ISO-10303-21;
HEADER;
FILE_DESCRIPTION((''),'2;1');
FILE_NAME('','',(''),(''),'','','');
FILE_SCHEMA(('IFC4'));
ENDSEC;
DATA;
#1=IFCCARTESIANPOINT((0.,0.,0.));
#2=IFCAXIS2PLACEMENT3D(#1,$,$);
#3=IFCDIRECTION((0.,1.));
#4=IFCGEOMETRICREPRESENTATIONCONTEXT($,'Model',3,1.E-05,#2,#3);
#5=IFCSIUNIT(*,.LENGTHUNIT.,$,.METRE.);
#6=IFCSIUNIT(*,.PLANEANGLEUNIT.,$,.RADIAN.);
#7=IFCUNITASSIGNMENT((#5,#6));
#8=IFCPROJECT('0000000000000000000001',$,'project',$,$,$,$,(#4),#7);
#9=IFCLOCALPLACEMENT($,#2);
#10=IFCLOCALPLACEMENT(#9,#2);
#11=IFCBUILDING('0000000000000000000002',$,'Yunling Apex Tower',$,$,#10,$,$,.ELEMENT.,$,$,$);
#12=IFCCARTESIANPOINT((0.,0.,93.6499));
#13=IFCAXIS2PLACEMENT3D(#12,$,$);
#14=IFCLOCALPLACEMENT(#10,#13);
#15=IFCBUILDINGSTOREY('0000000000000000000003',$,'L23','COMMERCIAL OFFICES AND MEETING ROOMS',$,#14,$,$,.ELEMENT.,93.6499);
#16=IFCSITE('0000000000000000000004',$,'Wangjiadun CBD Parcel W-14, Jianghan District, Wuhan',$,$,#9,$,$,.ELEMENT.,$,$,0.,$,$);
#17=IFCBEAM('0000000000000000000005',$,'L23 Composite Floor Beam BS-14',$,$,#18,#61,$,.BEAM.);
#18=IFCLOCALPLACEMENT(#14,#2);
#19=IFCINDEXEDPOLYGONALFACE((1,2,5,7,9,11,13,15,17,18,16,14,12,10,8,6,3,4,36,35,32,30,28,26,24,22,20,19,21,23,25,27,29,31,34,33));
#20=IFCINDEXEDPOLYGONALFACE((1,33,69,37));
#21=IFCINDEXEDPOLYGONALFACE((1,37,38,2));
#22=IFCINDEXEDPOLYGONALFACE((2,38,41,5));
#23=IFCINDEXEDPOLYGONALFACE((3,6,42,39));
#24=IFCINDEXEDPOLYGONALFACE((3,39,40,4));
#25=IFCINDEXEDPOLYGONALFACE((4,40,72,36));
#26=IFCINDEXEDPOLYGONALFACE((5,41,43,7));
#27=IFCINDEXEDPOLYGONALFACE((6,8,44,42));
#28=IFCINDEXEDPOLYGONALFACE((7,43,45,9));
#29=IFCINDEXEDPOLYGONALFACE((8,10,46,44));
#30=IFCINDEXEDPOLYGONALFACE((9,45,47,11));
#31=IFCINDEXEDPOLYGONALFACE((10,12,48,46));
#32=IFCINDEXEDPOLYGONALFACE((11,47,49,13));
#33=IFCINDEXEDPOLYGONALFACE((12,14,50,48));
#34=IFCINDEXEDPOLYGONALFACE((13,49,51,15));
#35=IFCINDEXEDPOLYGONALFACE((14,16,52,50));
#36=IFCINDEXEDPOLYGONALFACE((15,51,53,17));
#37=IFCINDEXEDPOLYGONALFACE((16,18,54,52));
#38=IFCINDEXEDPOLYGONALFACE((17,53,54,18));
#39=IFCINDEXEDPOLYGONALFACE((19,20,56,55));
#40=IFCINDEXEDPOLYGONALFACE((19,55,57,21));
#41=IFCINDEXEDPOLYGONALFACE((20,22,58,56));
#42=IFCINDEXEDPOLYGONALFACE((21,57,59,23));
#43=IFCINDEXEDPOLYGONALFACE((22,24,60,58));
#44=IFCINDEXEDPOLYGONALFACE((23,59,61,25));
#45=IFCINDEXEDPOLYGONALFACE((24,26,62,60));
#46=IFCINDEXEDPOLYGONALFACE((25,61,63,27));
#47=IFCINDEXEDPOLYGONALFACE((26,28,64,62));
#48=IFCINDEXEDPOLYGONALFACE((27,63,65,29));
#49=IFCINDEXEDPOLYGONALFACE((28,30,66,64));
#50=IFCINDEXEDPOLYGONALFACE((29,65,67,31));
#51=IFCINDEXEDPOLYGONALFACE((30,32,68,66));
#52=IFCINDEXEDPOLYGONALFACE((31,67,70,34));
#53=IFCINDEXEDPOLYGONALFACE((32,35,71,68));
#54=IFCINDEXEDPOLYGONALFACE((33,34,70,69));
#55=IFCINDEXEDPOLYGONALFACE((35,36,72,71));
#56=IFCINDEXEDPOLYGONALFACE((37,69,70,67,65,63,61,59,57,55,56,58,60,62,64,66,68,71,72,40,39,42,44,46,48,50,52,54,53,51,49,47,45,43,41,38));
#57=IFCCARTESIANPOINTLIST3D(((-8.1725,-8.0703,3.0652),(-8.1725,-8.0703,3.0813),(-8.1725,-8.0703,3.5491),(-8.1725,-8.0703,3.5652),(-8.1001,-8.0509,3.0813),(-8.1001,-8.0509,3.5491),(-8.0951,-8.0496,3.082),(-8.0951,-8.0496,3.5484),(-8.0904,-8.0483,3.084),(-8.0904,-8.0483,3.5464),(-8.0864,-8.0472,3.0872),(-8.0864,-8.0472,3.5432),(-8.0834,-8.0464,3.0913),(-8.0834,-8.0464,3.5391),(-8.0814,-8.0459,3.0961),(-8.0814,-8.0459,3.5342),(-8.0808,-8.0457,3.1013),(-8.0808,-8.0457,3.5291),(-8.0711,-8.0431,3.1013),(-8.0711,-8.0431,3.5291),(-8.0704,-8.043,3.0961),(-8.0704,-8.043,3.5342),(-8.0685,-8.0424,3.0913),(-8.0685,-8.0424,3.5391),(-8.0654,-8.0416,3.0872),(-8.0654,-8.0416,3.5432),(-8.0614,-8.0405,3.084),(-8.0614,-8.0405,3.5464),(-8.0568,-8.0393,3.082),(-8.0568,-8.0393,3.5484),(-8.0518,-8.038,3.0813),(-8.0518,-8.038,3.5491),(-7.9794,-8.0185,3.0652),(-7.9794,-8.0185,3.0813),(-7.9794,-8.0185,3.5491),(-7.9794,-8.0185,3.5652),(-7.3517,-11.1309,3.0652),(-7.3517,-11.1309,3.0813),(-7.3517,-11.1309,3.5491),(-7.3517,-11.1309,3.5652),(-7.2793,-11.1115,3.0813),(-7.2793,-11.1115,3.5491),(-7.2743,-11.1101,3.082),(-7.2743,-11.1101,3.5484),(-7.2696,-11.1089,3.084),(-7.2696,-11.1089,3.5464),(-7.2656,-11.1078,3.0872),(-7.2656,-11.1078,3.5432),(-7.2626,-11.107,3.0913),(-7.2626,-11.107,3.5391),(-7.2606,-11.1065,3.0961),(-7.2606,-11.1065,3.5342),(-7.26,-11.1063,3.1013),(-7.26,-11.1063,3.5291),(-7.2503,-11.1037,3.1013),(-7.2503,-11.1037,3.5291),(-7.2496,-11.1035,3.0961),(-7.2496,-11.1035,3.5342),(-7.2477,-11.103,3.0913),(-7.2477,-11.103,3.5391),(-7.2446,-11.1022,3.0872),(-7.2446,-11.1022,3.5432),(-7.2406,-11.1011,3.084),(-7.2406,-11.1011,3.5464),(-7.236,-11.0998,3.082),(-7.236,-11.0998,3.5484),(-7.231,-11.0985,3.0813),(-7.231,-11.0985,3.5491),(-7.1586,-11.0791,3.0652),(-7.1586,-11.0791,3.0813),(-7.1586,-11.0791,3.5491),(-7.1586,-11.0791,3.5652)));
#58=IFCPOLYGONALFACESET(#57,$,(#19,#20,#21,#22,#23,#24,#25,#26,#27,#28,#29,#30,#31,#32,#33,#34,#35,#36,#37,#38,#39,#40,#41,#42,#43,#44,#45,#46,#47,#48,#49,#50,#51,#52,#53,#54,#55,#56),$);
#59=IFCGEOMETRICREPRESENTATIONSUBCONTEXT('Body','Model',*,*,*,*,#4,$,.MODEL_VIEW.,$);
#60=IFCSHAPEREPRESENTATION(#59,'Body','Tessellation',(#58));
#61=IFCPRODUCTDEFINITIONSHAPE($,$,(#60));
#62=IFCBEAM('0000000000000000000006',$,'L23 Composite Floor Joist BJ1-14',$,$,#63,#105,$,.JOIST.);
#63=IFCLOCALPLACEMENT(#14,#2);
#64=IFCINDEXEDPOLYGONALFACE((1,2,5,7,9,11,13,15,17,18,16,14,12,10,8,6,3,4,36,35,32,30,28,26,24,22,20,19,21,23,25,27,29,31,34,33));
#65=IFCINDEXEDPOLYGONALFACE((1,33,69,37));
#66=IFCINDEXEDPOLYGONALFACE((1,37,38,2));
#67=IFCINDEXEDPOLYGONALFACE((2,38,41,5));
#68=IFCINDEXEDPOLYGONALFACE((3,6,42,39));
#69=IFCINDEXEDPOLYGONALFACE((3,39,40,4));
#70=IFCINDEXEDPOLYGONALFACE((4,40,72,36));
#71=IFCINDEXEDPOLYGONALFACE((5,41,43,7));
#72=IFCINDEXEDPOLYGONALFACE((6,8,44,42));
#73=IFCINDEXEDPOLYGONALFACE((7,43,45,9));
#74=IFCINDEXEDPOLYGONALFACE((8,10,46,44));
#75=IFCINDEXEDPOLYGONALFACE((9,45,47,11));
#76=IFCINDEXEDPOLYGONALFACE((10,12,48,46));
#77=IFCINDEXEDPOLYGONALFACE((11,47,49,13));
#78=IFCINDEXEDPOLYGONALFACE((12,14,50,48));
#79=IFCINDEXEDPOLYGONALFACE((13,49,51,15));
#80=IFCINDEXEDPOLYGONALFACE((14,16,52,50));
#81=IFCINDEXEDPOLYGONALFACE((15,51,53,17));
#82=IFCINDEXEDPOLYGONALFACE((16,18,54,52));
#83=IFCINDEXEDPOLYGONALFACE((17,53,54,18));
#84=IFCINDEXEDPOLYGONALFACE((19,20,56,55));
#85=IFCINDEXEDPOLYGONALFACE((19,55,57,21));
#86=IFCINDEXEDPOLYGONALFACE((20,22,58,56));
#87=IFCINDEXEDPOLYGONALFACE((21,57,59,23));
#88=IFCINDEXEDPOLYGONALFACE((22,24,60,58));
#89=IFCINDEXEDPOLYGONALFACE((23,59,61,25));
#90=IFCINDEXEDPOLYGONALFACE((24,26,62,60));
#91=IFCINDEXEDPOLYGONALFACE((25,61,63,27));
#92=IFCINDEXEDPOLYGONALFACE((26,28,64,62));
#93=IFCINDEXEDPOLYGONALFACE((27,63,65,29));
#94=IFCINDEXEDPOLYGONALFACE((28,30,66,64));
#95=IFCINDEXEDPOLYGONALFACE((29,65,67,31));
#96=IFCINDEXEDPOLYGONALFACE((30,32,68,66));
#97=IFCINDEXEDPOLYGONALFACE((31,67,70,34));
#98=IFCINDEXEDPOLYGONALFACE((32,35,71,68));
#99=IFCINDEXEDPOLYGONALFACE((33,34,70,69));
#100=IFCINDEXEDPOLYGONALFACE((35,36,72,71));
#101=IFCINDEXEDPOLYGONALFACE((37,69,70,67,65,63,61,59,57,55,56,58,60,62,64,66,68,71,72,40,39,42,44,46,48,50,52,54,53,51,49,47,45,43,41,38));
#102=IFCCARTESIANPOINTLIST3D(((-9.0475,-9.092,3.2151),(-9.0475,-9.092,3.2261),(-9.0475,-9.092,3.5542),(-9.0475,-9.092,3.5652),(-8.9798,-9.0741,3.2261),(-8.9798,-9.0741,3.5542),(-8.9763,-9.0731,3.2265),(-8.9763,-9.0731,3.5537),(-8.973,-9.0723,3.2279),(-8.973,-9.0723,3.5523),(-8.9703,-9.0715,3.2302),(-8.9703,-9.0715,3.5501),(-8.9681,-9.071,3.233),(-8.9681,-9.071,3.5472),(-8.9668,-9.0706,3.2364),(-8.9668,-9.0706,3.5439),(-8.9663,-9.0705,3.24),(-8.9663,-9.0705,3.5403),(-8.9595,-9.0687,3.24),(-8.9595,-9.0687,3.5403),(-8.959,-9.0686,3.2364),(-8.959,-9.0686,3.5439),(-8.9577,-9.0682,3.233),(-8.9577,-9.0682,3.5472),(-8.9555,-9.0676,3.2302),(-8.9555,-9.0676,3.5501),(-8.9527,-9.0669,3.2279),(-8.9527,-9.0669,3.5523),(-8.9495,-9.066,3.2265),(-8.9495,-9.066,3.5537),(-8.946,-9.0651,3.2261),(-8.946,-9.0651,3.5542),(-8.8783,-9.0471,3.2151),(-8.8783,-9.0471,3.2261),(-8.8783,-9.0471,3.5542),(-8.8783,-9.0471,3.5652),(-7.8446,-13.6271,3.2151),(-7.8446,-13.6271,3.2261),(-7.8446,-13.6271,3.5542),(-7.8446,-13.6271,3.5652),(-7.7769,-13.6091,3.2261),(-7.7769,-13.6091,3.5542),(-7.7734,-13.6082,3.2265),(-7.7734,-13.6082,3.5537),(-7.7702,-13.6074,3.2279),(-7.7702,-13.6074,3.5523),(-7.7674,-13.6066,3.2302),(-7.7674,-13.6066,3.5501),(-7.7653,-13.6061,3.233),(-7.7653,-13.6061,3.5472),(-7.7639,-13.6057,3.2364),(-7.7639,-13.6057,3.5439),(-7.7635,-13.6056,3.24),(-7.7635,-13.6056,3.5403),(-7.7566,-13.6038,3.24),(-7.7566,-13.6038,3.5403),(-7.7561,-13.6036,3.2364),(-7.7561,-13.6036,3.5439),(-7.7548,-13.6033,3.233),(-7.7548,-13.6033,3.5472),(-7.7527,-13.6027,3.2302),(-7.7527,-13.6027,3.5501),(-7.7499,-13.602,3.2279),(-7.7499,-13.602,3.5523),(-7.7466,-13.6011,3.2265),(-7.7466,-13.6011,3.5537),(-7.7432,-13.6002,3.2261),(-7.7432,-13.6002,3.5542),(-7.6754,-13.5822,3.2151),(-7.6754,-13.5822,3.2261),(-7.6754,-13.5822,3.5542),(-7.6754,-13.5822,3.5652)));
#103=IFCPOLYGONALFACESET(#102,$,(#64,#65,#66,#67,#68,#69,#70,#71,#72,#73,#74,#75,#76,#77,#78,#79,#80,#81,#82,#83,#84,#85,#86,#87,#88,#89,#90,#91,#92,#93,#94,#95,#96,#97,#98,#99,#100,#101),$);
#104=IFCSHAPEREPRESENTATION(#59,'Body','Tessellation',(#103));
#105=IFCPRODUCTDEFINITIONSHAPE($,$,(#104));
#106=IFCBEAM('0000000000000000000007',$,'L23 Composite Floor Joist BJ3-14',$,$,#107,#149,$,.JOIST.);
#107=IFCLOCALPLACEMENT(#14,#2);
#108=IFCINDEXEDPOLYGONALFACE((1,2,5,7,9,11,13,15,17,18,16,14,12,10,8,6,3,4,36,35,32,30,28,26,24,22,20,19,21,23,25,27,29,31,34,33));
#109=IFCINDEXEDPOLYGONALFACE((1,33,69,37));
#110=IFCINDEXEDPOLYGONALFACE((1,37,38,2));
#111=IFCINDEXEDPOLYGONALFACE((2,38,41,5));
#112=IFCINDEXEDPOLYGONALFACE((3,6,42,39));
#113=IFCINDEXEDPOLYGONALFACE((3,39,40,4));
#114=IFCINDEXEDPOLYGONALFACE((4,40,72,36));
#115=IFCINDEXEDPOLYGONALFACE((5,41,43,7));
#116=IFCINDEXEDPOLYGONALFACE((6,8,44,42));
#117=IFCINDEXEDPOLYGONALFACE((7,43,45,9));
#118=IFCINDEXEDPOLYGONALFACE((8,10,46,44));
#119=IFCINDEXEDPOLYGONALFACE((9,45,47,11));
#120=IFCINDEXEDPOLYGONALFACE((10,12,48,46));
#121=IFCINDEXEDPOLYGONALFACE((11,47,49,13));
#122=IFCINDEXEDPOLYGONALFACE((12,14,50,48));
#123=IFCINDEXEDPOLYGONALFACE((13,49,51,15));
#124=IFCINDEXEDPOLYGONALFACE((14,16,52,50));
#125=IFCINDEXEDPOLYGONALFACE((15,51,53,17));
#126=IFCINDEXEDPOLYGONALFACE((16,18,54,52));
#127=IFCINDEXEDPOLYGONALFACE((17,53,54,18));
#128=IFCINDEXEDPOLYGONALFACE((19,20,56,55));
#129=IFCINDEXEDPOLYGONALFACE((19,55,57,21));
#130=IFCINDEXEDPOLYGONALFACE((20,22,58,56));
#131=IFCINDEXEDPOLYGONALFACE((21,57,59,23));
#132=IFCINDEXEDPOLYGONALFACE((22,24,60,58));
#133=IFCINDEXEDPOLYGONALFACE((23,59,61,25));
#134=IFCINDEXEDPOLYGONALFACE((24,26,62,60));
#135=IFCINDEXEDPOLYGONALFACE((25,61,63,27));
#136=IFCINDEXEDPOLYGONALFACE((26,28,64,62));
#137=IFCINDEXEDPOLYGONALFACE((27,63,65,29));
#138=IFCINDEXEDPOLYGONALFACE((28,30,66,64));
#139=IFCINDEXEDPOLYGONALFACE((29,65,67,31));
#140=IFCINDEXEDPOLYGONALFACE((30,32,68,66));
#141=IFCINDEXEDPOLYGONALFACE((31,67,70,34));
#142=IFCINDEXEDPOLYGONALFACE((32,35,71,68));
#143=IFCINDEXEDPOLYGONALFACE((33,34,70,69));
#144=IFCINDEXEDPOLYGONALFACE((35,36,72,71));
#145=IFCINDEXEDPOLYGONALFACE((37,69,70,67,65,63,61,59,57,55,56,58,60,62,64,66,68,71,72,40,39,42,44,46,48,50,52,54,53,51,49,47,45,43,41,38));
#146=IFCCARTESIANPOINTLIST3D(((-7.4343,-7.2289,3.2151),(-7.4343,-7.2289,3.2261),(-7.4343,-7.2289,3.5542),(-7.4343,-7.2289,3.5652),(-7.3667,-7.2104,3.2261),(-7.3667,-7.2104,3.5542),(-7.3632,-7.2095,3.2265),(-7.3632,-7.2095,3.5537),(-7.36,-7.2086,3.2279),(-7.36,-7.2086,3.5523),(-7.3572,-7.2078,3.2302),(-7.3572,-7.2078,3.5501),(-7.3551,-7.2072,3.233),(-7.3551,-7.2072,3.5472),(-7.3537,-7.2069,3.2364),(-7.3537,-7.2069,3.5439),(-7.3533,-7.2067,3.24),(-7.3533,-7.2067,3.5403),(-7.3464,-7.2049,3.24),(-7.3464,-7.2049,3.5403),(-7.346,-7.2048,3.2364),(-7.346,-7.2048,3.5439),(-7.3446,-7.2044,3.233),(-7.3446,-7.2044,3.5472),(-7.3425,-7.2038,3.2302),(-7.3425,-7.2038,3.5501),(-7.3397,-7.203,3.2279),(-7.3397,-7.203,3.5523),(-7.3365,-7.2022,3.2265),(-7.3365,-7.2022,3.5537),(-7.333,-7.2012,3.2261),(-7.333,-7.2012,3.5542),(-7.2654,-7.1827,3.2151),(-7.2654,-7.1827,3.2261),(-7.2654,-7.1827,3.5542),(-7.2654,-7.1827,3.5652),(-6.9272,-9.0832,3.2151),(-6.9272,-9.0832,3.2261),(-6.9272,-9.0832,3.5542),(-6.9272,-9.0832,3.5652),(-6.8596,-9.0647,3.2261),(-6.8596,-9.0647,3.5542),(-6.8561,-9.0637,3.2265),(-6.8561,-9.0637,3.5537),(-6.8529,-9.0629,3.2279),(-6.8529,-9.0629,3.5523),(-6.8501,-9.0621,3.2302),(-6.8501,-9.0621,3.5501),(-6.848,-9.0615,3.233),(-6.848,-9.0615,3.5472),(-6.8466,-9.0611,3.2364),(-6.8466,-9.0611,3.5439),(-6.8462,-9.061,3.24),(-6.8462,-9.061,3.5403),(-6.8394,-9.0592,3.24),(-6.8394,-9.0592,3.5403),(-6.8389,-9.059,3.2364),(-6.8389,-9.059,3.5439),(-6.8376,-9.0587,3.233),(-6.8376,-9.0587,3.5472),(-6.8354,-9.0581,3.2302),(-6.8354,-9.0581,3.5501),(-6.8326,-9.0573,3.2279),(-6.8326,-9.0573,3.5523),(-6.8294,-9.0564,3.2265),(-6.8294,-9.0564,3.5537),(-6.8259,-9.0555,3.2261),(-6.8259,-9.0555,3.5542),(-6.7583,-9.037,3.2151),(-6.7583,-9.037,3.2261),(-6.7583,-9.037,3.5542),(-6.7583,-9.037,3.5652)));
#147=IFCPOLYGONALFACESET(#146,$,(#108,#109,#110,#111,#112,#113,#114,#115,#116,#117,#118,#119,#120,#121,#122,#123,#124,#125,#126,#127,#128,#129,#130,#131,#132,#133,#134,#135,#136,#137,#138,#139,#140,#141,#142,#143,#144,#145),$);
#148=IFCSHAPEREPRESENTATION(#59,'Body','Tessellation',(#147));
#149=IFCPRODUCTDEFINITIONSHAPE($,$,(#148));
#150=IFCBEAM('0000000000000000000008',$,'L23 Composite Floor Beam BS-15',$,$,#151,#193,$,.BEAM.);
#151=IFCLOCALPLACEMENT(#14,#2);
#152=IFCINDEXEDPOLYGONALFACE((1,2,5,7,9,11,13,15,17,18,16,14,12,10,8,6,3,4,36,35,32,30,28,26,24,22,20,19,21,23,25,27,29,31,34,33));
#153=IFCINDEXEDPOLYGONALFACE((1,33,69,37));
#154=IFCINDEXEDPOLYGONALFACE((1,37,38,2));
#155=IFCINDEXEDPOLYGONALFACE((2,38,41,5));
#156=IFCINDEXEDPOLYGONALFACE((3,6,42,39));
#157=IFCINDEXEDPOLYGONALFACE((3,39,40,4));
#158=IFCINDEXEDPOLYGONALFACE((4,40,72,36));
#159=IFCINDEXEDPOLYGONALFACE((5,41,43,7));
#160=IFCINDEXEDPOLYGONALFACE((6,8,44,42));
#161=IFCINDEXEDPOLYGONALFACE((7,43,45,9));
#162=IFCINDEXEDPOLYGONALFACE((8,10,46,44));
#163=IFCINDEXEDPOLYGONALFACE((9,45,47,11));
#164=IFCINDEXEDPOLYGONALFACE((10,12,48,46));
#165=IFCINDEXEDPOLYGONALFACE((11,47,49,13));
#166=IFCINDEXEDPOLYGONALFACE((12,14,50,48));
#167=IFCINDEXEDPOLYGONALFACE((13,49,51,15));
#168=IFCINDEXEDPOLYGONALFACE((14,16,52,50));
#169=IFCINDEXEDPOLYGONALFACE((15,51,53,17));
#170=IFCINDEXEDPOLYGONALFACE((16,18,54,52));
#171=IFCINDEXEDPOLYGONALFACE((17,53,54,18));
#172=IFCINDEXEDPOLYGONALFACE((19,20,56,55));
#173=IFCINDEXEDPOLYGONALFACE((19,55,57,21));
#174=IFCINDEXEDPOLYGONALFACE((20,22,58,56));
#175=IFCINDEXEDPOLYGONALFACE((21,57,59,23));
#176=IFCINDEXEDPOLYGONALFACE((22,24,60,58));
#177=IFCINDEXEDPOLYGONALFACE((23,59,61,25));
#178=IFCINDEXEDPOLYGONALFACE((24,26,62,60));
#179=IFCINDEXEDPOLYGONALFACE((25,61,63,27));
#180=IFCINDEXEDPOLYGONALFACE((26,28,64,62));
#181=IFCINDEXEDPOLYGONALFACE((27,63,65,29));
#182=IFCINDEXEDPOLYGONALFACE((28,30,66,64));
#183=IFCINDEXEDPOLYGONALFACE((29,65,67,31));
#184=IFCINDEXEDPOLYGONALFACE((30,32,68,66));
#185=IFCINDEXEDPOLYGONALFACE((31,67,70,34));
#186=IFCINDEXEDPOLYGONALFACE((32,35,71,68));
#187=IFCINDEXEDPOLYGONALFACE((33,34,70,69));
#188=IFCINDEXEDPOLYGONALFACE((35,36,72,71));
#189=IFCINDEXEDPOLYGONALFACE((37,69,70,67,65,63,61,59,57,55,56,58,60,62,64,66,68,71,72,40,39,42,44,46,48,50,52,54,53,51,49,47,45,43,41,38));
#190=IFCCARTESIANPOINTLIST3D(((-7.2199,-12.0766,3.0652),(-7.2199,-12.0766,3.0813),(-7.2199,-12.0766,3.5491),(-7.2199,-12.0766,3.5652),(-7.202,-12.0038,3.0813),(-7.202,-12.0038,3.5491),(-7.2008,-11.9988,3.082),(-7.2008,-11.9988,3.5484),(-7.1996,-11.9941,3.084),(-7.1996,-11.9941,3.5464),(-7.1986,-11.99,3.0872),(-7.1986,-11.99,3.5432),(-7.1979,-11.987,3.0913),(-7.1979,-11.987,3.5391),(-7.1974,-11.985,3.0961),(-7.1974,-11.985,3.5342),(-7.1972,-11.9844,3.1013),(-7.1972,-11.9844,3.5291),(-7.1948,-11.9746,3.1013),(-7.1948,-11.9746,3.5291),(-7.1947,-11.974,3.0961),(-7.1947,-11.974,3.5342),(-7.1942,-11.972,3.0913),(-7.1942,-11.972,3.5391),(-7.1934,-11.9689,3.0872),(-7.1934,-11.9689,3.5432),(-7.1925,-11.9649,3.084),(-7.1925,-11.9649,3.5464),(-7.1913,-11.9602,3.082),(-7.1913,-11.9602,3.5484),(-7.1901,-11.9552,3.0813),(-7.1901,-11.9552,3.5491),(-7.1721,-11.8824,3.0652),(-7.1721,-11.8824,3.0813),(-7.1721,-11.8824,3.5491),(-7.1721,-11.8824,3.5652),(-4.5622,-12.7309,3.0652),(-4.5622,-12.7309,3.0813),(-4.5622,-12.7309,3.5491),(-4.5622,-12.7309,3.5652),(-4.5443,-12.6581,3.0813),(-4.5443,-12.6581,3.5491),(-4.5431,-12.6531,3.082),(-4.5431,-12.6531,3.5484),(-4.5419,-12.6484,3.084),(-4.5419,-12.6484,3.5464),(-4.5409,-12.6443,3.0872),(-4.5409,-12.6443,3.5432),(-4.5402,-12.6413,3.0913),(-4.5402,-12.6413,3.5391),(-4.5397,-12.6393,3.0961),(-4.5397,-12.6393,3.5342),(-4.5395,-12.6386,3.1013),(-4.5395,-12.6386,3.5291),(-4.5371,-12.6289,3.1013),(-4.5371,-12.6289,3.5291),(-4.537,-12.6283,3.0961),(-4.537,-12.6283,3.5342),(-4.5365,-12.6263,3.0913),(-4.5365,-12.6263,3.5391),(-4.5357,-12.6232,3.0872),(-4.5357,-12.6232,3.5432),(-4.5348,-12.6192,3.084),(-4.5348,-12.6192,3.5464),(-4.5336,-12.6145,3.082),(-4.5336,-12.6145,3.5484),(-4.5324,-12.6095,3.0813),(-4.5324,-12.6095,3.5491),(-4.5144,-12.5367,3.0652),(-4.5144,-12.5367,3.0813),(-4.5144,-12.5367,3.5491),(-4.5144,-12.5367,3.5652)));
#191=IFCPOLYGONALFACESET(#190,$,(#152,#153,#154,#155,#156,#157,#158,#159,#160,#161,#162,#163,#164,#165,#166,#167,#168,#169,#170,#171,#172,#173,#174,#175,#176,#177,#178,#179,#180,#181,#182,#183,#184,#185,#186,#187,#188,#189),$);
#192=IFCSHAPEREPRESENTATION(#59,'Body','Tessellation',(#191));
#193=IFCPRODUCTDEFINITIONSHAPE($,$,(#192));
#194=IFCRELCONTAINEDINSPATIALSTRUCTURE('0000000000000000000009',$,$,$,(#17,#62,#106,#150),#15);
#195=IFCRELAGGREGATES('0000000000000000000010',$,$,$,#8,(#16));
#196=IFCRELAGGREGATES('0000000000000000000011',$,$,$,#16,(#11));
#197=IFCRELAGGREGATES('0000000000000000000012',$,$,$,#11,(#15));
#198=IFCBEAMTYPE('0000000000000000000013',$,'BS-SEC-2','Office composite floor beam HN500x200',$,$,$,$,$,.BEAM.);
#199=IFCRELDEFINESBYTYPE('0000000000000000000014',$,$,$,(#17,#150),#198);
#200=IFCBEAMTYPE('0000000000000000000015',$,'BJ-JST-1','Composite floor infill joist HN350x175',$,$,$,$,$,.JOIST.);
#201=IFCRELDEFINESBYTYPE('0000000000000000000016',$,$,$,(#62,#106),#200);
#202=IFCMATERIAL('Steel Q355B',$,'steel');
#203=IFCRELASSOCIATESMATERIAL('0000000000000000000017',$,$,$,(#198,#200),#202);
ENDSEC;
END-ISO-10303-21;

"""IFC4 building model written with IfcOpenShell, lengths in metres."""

from ifc_helpers import new_model, si_unit, direction, frame, origin, origin_2d, place, context, subcontext, project, spatial, i_section, extrude, source, transform, mapped, material, material_profile, profile_set, type_object, element, save


model = new_model("IFC4")

# Units and contexts
model_context = context("Model", 3, precision=1e-05, world=origin(), true_north=direction((0.0, 1.0)))
body_context = subcontext(model_context, "Body", "Model", "MODEL_VIEW")
ifc_project = project(units=[si_unit("LENGTHUNIT", "METRE"), si_unit("PLANEANGLEUNIT", "RADIAN")], contexts=[model_context])

# Site, building, storey
site_placement = place(None, origin())
site = spatial("IfcSite", under=ifc_project, at=site_placement, Name="Wangjiadun CBD Parcel W-14, Jianghan District, Wuhan", CompositionType="ELEMENT", RefElevation=0.0)
building_placement = place(site_placement, origin())
building = spatial("IfcBuilding", under=site, at=building_placement, Name="Yunling Apex Tower", CompositionType="ELEMENT")
storey_placement = place(building_placement, frame((0.0, 0.0, 93.6499)))
storey = spatial("IfcBuildingStorey", under=building, at=storey_placement, Name="L23", Description="COMMERCIAL OFFICES AND MEETING ROOMS", CompositionType="ELEMENT", Elevation=93.6499)

# Beams
ifc_material_1 = material(Name="Steel Q355B", Category="steel")
ifc_material_profile_1 = material_profile(ifc_material_1, i_section(OverallWidth=0.2, OverallDepth=0.5, WebThickness=0.01, FlangeThickness=0.0161, FilletRadius=0.02, at=origin_2d()))
ifc_profile_set_1 = profile_set([ifc_material_profile_1], Name="Steel Q355B")
beam_type_1 = type_object("IfcBeamType", Name="BS-SEC-2", Description="Office composite floor beam HN500x200", PredefinedType="BEAM", material=ifc_profile_set_1)
ifc_material_profile_2 = material_profile(ifc_material_1, i_section(OverallWidth=0.175, OverallDepth=0.3501, WebThickness=0.0071, FlangeThickness=0.011, FilletRadius=0.0139, at=origin_2d()))
ifc_profile_set_2 = profile_set([ifc_material_profile_2], Name="Steel Q355B")
beam_type_2 = type_object("IfcBeamType", Name="BJ-JST-1", Description="Composite floor infill joist HN350x175", PredefinedType="JOIST", material=ifc_profile_set_2)
shared_shape_1 = source(origin(), body_context, "Body", "SweptSolid", [
    extrude(i_section(OverallWidth=0.2, OverallDepth=0.5, WebThickness=0.01, FlangeThickness=0.0161, FilletRadius=0.02, at=origin_2d()), origin(), (0.0, 0.0, 1.0), 3.1687),
])
beam_1_placement = place(storey_placement, frame((-8.0759, -8.0444, 3.3152), z_axis=(0.259034, -0.965868, 0.0), x_axis=(0.965868, 0.259034, 0.0)))
element("IfcBeam", 1, at=beam_1_placement, inside=storey, type_object=beam_type_1, Name="L23 Composite Floor Beam BS-14", PredefinedType="BEAM", context=body_context, shape_type="MappedRepresentation", body=[
    mapped(shared_shape_1, transform((0.0, 0.0, 0.0), scale=1.0)),
])
shared_shape_2 = source(origin(), body_context, "Body", "SweptSolid", [
    extrude(i_section(OverallWidth=0.175, OverallDepth=0.3501, WebThickness=0.0071, FlangeThickness=0.011, FilletRadius=0.0139, at=origin_2d()), origin(), (0.0, 0.0, 1.0), 4.6919),
])
beam_2_placement = place(storey_placement, frame((-8.9629, -9.0696, 3.3901), z_axis=(0.25637, -0.966579, 0.0), x_axis=(0.966579, 0.25637, 0.0)))
element("IfcBeam", 2, at=beam_2_placement, inside=storey, type_object=beam_type_2, Name="L23 Composite Floor Joist BJ1-14", PredefinedType="JOIST", context=body_context, shape_type="MappedRepresentation", body=[
    mapped(shared_shape_2, transform((0.0, 0.0, 0.0), scale=1.0)),
])
shared_shape_3 = source(origin(), body_context, "Body", "SweptSolid", [
    extrude(i_section(OverallWidth=0.175, OverallDepth=0.3501, WebThickness=0.0071, FlangeThickness=0.011, FilletRadius=0.0139, at=origin_2d()), origin(), (0.0, 0.0, 1.0), 1.9224),
])
beam_3_placement = place(storey_placement, frame((-7.3499, -7.2058, 3.3901), z_axis=(0.263784, -0.964582, 0.0), x_axis=(0.964582, 0.263784, 0.0)))
element("IfcBeam", 3, at=beam_3_placement, inside=storey, type_object=beam_type_2, Name="L23 Composite Floor Joist BJ3-14", PredefinedType="JOIST", context=body_context, shape_type="MappedRepresentation", body=[
    mapped(shared_shape_3, transform((0.0, 0.0, 0.0), scale=1.0)),
])
shared_shape_4 = source(origin(), body_context, "Body", "SweptSolid", [
    extrude(i_section(OverallWidth=0.2, OverallDepth=0.5, WebThickness=0.01, FlangeThickness=0.0161, FilletRadius=0.02, at=origin_2d()), origin(), (0.0, 0.0, 1.0), 2.7371),
])
beam_4_placement = place(storey_placement, frame((-7.196, -11.9795, 3.3152), z_axis=(0.971007, -0.23905, 0.0), x_axis=(0.23905, 0.971007, 0.0)))
element("IfcBeam", 4, at=beam_4_placement, inside=storey, type_object=beam_type_1, Name="L23 Composite Floor Beam BS-15", PredefinedType="BEAM", context=body_context, shape_type="MappedRepresentation", body=[
    mapped(shared_shape_4, transform((0.0, 0.0, 0.0), scale=1.0)),
])

save(model, "model.ifc")
